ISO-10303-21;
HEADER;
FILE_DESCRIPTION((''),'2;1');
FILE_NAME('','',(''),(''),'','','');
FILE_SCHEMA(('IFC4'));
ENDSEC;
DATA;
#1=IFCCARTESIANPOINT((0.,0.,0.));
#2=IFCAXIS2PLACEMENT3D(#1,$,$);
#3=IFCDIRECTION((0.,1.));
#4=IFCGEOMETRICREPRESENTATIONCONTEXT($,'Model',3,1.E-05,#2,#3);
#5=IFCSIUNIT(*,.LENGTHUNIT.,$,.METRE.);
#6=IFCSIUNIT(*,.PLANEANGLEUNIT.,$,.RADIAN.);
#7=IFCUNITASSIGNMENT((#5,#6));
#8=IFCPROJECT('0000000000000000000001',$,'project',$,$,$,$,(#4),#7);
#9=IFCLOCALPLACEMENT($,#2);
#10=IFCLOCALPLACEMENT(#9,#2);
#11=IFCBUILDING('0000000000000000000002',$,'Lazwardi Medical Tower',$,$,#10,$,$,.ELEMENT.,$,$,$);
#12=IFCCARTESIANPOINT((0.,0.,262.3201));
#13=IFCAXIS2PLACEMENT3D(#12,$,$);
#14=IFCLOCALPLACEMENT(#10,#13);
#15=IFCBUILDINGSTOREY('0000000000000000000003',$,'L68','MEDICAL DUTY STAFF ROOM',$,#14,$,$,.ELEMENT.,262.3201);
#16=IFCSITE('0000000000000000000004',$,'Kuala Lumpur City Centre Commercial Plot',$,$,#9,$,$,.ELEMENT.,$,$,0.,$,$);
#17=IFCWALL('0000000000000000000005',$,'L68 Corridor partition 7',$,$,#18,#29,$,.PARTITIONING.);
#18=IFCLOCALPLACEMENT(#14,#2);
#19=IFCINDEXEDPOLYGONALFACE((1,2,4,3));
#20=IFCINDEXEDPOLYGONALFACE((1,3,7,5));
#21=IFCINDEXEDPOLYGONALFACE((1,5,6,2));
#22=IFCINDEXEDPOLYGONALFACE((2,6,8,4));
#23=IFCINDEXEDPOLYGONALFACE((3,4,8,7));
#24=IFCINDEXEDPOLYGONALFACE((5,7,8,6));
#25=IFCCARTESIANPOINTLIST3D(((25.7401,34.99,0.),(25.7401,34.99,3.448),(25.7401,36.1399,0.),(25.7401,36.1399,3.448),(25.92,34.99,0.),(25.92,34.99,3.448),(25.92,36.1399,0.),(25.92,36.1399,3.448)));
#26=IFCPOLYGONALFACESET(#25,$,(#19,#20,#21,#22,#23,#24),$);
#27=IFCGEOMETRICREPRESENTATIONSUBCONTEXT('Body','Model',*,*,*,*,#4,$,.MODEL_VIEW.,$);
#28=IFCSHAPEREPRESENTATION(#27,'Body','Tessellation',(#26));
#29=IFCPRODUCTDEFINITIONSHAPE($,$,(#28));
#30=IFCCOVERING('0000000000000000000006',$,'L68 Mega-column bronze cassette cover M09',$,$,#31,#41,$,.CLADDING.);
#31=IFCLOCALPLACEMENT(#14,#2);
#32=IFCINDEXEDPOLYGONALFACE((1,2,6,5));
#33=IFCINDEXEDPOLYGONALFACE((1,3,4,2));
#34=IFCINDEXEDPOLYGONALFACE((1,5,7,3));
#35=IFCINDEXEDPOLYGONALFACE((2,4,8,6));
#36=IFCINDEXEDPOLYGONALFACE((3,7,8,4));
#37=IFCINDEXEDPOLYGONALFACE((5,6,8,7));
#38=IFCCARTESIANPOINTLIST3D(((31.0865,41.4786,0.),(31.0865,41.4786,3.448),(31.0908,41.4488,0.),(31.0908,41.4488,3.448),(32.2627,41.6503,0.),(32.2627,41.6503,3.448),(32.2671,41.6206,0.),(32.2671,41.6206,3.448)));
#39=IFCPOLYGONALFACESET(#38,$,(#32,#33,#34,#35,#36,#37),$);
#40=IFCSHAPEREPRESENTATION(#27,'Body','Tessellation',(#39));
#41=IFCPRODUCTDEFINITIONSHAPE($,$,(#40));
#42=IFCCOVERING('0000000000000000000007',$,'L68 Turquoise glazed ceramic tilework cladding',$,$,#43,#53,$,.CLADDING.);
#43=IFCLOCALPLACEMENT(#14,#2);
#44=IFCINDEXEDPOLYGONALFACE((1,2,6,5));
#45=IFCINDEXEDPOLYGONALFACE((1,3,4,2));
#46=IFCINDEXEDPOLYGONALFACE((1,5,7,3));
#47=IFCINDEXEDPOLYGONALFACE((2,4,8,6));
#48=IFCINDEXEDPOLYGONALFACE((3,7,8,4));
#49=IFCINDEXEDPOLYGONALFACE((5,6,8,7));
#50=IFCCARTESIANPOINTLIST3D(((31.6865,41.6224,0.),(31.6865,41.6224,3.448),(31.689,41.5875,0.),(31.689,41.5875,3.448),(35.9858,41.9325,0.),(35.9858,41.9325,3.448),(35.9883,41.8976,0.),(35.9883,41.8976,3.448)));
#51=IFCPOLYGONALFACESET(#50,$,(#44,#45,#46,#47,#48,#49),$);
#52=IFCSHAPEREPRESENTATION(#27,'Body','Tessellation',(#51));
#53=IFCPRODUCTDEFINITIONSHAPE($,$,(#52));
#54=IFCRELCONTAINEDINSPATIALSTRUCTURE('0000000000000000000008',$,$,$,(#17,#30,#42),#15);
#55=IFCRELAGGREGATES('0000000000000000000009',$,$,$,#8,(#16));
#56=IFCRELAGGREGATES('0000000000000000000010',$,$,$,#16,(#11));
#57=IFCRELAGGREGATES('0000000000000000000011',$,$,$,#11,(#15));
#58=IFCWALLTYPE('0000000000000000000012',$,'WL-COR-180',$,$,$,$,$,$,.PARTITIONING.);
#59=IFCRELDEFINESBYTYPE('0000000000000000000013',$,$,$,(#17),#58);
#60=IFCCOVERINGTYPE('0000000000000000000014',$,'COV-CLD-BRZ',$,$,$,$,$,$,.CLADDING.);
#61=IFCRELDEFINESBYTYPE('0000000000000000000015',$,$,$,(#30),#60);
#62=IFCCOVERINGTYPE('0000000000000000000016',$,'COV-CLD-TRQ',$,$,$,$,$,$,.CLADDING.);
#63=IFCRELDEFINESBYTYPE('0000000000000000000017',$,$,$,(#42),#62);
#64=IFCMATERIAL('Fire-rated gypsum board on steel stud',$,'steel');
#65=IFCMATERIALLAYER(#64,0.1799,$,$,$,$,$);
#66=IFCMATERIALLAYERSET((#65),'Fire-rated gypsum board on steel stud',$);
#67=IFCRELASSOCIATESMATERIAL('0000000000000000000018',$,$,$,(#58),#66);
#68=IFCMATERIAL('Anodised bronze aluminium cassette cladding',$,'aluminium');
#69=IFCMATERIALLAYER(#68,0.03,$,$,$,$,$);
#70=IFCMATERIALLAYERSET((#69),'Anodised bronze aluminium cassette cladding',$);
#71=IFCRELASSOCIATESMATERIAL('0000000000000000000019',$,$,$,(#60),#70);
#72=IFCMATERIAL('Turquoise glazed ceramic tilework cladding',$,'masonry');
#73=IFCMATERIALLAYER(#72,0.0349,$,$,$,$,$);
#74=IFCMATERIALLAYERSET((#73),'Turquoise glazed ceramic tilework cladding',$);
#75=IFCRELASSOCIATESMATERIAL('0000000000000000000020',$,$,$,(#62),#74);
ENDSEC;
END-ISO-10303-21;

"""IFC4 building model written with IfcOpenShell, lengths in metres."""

from ifc_helpers import new_model, si_unit, direction, frame, frame_2d, origin, origin_2d, place, context, subcontext, project, spatial, rectangle, extrude, material, layer, layer_set, type_object, element, save


model = new_model("IFC4")

# Units and contexts
model_context = context("Model", 3, precision=1e-05, world=origin(), true_north=direction((0.0, 1.0)))
body_context = subcontext(model_context, "Body", "Model", "MODEL_VIEW")
ifc_project = project(units=[si_unit("LENGTHUNIT", "METRE"), si_unit("PLANEANGLEUNIT", "RADIAN")], contexts=[model_context])

# Site, building, storey
site_placement = place(None, origin())
site = spatial("IfcSite", under=ifc_project, at=site_placement, Name="Kuala Lumpur City Centre Commercial Plot", CompositionType="ELEMENT", RefElevation=0.0)
building_placement = place(site_placement, origin())
building = spatial("IfcBuilding", under=site, at=building_placement, Name="Lazwardi Medical Tower", CompositionType="ELEMENT")
storey_placement = place(building_placement, frame((0.0, 0.0, 262.3201)))
storey = spatial("IfcBuildingStorey", under=building, at=storey_placement, Name="L68", Description="MEDICAL DUTY STAFF ROOM", CompositionType="ELEMENT", Elevation=262.3201)

# Shared definitions
ifc_material_1 = material(Name="Fire-rated gypsum board on steel stud", Category="steel")
ifc_layer_1 = layer(ifc_material_1, 0.1799)
ifc_layer_set_1 = layer_set([ifc_layer_1], Name="Fire-rated gypsum board on steel stud")
wall_type = type_object("IfcWallType", Name="WL-COR-180", PredefinedType="PARTITIONING", material=ifc_layer_set_1)

# Wall
wall_1_placement = place(storey_placement, frame((25.8301, 36.1399, 0.0), z_axis=(0.0, 0.0, 1.0), x_axis=(0.0, -1.0, 0.0)))
element("IfcWall", 1, at=wall_1_placement, inside=storey, type_object=wall_type, Name="L68 Corridor partition 7", PredefinedType="PARTITIONING", context=body_context, shape_type="SweptSolid", body=[
    extrude(rectangle(XDim=1.1499, YDim=0.1799, at=frame_2d((0.575, 0.0))), origin(), (0.0, 0.0, 1.0), 3.448),
])

# Coverings
ifc_material_2 = material(Name="Anodised bronze aluminium cassette cladding", Category="aluminium")
ifc_layer_2 = layer(ifc_material_2, 0.03)
ifc_layer_set_2 = layer_set([ifc_layer_2], Name="Anodised bronze aluminium cassette cladding")
covering_type_1 = type_object("IfcCoveringType", Name="COV-CLD-BRZ", PredefinedType="CLADDING", material=ifc_layer_set_2)
covering_1_placement = place(storey_placement, frame((31.6768, 41.5496, 0.0), z_axis=(0.0, 0.0, 1.0), x_axis=(-0.989512, -0.144448, 0.0)))
element("IfcCovering", 2, at=covering_1_placement, inside=storey, type_object=covering_type_1, Name="L68 Mega-column bronze cassette cover M09", PredefinedType="CLADDING", context=body_context, shape_type="SweptSolid", body=[
    extrude(rectangle(XDim=1.1887, YDim=0.03, at=origin_2d()), origin(), (0.0, 0.0, 1.0), 3.448),
])
ifc_material_3 = material(Name="Turquoise glazed ceramic tilework cladding", Category="masonry")
ifc_layer_3 = layer(ifc_material_3, 0.0349)
ifc_layer_set_3 = layer_set([ifc_layer_3], Name="Turquoise glazed ceramic tilework cladding")
covering_type_2 = type_object("IfcCoveringType", Name="COV-CLD-TRQ", PredefinedType="CLADDING", material=ifc_layer_set_3)
covering_2_placement = place(storey_placement, frame((33.8374, 41.76, 0.0), z_axis=(0.0, 0.0, 1.0), x_axis=(-0.997409, -0.07194, 0.0)))
element("IfcCovering", 3, at=covering_2_placement, inside=storey, type_object=covering_type_2, Name="L68 Turquoise glazed ceramic tilework cladding", PredefinedType="CLADDING", context=body_context, shape_type="SweptSolid", body=[
    extrude(rectangle(XDim=4.3105, YDim=0.0349, at=origin_2d()), origin(), (0.0, 0.0, 1.0), 3.448),
])

save(model, "model.ifc")
